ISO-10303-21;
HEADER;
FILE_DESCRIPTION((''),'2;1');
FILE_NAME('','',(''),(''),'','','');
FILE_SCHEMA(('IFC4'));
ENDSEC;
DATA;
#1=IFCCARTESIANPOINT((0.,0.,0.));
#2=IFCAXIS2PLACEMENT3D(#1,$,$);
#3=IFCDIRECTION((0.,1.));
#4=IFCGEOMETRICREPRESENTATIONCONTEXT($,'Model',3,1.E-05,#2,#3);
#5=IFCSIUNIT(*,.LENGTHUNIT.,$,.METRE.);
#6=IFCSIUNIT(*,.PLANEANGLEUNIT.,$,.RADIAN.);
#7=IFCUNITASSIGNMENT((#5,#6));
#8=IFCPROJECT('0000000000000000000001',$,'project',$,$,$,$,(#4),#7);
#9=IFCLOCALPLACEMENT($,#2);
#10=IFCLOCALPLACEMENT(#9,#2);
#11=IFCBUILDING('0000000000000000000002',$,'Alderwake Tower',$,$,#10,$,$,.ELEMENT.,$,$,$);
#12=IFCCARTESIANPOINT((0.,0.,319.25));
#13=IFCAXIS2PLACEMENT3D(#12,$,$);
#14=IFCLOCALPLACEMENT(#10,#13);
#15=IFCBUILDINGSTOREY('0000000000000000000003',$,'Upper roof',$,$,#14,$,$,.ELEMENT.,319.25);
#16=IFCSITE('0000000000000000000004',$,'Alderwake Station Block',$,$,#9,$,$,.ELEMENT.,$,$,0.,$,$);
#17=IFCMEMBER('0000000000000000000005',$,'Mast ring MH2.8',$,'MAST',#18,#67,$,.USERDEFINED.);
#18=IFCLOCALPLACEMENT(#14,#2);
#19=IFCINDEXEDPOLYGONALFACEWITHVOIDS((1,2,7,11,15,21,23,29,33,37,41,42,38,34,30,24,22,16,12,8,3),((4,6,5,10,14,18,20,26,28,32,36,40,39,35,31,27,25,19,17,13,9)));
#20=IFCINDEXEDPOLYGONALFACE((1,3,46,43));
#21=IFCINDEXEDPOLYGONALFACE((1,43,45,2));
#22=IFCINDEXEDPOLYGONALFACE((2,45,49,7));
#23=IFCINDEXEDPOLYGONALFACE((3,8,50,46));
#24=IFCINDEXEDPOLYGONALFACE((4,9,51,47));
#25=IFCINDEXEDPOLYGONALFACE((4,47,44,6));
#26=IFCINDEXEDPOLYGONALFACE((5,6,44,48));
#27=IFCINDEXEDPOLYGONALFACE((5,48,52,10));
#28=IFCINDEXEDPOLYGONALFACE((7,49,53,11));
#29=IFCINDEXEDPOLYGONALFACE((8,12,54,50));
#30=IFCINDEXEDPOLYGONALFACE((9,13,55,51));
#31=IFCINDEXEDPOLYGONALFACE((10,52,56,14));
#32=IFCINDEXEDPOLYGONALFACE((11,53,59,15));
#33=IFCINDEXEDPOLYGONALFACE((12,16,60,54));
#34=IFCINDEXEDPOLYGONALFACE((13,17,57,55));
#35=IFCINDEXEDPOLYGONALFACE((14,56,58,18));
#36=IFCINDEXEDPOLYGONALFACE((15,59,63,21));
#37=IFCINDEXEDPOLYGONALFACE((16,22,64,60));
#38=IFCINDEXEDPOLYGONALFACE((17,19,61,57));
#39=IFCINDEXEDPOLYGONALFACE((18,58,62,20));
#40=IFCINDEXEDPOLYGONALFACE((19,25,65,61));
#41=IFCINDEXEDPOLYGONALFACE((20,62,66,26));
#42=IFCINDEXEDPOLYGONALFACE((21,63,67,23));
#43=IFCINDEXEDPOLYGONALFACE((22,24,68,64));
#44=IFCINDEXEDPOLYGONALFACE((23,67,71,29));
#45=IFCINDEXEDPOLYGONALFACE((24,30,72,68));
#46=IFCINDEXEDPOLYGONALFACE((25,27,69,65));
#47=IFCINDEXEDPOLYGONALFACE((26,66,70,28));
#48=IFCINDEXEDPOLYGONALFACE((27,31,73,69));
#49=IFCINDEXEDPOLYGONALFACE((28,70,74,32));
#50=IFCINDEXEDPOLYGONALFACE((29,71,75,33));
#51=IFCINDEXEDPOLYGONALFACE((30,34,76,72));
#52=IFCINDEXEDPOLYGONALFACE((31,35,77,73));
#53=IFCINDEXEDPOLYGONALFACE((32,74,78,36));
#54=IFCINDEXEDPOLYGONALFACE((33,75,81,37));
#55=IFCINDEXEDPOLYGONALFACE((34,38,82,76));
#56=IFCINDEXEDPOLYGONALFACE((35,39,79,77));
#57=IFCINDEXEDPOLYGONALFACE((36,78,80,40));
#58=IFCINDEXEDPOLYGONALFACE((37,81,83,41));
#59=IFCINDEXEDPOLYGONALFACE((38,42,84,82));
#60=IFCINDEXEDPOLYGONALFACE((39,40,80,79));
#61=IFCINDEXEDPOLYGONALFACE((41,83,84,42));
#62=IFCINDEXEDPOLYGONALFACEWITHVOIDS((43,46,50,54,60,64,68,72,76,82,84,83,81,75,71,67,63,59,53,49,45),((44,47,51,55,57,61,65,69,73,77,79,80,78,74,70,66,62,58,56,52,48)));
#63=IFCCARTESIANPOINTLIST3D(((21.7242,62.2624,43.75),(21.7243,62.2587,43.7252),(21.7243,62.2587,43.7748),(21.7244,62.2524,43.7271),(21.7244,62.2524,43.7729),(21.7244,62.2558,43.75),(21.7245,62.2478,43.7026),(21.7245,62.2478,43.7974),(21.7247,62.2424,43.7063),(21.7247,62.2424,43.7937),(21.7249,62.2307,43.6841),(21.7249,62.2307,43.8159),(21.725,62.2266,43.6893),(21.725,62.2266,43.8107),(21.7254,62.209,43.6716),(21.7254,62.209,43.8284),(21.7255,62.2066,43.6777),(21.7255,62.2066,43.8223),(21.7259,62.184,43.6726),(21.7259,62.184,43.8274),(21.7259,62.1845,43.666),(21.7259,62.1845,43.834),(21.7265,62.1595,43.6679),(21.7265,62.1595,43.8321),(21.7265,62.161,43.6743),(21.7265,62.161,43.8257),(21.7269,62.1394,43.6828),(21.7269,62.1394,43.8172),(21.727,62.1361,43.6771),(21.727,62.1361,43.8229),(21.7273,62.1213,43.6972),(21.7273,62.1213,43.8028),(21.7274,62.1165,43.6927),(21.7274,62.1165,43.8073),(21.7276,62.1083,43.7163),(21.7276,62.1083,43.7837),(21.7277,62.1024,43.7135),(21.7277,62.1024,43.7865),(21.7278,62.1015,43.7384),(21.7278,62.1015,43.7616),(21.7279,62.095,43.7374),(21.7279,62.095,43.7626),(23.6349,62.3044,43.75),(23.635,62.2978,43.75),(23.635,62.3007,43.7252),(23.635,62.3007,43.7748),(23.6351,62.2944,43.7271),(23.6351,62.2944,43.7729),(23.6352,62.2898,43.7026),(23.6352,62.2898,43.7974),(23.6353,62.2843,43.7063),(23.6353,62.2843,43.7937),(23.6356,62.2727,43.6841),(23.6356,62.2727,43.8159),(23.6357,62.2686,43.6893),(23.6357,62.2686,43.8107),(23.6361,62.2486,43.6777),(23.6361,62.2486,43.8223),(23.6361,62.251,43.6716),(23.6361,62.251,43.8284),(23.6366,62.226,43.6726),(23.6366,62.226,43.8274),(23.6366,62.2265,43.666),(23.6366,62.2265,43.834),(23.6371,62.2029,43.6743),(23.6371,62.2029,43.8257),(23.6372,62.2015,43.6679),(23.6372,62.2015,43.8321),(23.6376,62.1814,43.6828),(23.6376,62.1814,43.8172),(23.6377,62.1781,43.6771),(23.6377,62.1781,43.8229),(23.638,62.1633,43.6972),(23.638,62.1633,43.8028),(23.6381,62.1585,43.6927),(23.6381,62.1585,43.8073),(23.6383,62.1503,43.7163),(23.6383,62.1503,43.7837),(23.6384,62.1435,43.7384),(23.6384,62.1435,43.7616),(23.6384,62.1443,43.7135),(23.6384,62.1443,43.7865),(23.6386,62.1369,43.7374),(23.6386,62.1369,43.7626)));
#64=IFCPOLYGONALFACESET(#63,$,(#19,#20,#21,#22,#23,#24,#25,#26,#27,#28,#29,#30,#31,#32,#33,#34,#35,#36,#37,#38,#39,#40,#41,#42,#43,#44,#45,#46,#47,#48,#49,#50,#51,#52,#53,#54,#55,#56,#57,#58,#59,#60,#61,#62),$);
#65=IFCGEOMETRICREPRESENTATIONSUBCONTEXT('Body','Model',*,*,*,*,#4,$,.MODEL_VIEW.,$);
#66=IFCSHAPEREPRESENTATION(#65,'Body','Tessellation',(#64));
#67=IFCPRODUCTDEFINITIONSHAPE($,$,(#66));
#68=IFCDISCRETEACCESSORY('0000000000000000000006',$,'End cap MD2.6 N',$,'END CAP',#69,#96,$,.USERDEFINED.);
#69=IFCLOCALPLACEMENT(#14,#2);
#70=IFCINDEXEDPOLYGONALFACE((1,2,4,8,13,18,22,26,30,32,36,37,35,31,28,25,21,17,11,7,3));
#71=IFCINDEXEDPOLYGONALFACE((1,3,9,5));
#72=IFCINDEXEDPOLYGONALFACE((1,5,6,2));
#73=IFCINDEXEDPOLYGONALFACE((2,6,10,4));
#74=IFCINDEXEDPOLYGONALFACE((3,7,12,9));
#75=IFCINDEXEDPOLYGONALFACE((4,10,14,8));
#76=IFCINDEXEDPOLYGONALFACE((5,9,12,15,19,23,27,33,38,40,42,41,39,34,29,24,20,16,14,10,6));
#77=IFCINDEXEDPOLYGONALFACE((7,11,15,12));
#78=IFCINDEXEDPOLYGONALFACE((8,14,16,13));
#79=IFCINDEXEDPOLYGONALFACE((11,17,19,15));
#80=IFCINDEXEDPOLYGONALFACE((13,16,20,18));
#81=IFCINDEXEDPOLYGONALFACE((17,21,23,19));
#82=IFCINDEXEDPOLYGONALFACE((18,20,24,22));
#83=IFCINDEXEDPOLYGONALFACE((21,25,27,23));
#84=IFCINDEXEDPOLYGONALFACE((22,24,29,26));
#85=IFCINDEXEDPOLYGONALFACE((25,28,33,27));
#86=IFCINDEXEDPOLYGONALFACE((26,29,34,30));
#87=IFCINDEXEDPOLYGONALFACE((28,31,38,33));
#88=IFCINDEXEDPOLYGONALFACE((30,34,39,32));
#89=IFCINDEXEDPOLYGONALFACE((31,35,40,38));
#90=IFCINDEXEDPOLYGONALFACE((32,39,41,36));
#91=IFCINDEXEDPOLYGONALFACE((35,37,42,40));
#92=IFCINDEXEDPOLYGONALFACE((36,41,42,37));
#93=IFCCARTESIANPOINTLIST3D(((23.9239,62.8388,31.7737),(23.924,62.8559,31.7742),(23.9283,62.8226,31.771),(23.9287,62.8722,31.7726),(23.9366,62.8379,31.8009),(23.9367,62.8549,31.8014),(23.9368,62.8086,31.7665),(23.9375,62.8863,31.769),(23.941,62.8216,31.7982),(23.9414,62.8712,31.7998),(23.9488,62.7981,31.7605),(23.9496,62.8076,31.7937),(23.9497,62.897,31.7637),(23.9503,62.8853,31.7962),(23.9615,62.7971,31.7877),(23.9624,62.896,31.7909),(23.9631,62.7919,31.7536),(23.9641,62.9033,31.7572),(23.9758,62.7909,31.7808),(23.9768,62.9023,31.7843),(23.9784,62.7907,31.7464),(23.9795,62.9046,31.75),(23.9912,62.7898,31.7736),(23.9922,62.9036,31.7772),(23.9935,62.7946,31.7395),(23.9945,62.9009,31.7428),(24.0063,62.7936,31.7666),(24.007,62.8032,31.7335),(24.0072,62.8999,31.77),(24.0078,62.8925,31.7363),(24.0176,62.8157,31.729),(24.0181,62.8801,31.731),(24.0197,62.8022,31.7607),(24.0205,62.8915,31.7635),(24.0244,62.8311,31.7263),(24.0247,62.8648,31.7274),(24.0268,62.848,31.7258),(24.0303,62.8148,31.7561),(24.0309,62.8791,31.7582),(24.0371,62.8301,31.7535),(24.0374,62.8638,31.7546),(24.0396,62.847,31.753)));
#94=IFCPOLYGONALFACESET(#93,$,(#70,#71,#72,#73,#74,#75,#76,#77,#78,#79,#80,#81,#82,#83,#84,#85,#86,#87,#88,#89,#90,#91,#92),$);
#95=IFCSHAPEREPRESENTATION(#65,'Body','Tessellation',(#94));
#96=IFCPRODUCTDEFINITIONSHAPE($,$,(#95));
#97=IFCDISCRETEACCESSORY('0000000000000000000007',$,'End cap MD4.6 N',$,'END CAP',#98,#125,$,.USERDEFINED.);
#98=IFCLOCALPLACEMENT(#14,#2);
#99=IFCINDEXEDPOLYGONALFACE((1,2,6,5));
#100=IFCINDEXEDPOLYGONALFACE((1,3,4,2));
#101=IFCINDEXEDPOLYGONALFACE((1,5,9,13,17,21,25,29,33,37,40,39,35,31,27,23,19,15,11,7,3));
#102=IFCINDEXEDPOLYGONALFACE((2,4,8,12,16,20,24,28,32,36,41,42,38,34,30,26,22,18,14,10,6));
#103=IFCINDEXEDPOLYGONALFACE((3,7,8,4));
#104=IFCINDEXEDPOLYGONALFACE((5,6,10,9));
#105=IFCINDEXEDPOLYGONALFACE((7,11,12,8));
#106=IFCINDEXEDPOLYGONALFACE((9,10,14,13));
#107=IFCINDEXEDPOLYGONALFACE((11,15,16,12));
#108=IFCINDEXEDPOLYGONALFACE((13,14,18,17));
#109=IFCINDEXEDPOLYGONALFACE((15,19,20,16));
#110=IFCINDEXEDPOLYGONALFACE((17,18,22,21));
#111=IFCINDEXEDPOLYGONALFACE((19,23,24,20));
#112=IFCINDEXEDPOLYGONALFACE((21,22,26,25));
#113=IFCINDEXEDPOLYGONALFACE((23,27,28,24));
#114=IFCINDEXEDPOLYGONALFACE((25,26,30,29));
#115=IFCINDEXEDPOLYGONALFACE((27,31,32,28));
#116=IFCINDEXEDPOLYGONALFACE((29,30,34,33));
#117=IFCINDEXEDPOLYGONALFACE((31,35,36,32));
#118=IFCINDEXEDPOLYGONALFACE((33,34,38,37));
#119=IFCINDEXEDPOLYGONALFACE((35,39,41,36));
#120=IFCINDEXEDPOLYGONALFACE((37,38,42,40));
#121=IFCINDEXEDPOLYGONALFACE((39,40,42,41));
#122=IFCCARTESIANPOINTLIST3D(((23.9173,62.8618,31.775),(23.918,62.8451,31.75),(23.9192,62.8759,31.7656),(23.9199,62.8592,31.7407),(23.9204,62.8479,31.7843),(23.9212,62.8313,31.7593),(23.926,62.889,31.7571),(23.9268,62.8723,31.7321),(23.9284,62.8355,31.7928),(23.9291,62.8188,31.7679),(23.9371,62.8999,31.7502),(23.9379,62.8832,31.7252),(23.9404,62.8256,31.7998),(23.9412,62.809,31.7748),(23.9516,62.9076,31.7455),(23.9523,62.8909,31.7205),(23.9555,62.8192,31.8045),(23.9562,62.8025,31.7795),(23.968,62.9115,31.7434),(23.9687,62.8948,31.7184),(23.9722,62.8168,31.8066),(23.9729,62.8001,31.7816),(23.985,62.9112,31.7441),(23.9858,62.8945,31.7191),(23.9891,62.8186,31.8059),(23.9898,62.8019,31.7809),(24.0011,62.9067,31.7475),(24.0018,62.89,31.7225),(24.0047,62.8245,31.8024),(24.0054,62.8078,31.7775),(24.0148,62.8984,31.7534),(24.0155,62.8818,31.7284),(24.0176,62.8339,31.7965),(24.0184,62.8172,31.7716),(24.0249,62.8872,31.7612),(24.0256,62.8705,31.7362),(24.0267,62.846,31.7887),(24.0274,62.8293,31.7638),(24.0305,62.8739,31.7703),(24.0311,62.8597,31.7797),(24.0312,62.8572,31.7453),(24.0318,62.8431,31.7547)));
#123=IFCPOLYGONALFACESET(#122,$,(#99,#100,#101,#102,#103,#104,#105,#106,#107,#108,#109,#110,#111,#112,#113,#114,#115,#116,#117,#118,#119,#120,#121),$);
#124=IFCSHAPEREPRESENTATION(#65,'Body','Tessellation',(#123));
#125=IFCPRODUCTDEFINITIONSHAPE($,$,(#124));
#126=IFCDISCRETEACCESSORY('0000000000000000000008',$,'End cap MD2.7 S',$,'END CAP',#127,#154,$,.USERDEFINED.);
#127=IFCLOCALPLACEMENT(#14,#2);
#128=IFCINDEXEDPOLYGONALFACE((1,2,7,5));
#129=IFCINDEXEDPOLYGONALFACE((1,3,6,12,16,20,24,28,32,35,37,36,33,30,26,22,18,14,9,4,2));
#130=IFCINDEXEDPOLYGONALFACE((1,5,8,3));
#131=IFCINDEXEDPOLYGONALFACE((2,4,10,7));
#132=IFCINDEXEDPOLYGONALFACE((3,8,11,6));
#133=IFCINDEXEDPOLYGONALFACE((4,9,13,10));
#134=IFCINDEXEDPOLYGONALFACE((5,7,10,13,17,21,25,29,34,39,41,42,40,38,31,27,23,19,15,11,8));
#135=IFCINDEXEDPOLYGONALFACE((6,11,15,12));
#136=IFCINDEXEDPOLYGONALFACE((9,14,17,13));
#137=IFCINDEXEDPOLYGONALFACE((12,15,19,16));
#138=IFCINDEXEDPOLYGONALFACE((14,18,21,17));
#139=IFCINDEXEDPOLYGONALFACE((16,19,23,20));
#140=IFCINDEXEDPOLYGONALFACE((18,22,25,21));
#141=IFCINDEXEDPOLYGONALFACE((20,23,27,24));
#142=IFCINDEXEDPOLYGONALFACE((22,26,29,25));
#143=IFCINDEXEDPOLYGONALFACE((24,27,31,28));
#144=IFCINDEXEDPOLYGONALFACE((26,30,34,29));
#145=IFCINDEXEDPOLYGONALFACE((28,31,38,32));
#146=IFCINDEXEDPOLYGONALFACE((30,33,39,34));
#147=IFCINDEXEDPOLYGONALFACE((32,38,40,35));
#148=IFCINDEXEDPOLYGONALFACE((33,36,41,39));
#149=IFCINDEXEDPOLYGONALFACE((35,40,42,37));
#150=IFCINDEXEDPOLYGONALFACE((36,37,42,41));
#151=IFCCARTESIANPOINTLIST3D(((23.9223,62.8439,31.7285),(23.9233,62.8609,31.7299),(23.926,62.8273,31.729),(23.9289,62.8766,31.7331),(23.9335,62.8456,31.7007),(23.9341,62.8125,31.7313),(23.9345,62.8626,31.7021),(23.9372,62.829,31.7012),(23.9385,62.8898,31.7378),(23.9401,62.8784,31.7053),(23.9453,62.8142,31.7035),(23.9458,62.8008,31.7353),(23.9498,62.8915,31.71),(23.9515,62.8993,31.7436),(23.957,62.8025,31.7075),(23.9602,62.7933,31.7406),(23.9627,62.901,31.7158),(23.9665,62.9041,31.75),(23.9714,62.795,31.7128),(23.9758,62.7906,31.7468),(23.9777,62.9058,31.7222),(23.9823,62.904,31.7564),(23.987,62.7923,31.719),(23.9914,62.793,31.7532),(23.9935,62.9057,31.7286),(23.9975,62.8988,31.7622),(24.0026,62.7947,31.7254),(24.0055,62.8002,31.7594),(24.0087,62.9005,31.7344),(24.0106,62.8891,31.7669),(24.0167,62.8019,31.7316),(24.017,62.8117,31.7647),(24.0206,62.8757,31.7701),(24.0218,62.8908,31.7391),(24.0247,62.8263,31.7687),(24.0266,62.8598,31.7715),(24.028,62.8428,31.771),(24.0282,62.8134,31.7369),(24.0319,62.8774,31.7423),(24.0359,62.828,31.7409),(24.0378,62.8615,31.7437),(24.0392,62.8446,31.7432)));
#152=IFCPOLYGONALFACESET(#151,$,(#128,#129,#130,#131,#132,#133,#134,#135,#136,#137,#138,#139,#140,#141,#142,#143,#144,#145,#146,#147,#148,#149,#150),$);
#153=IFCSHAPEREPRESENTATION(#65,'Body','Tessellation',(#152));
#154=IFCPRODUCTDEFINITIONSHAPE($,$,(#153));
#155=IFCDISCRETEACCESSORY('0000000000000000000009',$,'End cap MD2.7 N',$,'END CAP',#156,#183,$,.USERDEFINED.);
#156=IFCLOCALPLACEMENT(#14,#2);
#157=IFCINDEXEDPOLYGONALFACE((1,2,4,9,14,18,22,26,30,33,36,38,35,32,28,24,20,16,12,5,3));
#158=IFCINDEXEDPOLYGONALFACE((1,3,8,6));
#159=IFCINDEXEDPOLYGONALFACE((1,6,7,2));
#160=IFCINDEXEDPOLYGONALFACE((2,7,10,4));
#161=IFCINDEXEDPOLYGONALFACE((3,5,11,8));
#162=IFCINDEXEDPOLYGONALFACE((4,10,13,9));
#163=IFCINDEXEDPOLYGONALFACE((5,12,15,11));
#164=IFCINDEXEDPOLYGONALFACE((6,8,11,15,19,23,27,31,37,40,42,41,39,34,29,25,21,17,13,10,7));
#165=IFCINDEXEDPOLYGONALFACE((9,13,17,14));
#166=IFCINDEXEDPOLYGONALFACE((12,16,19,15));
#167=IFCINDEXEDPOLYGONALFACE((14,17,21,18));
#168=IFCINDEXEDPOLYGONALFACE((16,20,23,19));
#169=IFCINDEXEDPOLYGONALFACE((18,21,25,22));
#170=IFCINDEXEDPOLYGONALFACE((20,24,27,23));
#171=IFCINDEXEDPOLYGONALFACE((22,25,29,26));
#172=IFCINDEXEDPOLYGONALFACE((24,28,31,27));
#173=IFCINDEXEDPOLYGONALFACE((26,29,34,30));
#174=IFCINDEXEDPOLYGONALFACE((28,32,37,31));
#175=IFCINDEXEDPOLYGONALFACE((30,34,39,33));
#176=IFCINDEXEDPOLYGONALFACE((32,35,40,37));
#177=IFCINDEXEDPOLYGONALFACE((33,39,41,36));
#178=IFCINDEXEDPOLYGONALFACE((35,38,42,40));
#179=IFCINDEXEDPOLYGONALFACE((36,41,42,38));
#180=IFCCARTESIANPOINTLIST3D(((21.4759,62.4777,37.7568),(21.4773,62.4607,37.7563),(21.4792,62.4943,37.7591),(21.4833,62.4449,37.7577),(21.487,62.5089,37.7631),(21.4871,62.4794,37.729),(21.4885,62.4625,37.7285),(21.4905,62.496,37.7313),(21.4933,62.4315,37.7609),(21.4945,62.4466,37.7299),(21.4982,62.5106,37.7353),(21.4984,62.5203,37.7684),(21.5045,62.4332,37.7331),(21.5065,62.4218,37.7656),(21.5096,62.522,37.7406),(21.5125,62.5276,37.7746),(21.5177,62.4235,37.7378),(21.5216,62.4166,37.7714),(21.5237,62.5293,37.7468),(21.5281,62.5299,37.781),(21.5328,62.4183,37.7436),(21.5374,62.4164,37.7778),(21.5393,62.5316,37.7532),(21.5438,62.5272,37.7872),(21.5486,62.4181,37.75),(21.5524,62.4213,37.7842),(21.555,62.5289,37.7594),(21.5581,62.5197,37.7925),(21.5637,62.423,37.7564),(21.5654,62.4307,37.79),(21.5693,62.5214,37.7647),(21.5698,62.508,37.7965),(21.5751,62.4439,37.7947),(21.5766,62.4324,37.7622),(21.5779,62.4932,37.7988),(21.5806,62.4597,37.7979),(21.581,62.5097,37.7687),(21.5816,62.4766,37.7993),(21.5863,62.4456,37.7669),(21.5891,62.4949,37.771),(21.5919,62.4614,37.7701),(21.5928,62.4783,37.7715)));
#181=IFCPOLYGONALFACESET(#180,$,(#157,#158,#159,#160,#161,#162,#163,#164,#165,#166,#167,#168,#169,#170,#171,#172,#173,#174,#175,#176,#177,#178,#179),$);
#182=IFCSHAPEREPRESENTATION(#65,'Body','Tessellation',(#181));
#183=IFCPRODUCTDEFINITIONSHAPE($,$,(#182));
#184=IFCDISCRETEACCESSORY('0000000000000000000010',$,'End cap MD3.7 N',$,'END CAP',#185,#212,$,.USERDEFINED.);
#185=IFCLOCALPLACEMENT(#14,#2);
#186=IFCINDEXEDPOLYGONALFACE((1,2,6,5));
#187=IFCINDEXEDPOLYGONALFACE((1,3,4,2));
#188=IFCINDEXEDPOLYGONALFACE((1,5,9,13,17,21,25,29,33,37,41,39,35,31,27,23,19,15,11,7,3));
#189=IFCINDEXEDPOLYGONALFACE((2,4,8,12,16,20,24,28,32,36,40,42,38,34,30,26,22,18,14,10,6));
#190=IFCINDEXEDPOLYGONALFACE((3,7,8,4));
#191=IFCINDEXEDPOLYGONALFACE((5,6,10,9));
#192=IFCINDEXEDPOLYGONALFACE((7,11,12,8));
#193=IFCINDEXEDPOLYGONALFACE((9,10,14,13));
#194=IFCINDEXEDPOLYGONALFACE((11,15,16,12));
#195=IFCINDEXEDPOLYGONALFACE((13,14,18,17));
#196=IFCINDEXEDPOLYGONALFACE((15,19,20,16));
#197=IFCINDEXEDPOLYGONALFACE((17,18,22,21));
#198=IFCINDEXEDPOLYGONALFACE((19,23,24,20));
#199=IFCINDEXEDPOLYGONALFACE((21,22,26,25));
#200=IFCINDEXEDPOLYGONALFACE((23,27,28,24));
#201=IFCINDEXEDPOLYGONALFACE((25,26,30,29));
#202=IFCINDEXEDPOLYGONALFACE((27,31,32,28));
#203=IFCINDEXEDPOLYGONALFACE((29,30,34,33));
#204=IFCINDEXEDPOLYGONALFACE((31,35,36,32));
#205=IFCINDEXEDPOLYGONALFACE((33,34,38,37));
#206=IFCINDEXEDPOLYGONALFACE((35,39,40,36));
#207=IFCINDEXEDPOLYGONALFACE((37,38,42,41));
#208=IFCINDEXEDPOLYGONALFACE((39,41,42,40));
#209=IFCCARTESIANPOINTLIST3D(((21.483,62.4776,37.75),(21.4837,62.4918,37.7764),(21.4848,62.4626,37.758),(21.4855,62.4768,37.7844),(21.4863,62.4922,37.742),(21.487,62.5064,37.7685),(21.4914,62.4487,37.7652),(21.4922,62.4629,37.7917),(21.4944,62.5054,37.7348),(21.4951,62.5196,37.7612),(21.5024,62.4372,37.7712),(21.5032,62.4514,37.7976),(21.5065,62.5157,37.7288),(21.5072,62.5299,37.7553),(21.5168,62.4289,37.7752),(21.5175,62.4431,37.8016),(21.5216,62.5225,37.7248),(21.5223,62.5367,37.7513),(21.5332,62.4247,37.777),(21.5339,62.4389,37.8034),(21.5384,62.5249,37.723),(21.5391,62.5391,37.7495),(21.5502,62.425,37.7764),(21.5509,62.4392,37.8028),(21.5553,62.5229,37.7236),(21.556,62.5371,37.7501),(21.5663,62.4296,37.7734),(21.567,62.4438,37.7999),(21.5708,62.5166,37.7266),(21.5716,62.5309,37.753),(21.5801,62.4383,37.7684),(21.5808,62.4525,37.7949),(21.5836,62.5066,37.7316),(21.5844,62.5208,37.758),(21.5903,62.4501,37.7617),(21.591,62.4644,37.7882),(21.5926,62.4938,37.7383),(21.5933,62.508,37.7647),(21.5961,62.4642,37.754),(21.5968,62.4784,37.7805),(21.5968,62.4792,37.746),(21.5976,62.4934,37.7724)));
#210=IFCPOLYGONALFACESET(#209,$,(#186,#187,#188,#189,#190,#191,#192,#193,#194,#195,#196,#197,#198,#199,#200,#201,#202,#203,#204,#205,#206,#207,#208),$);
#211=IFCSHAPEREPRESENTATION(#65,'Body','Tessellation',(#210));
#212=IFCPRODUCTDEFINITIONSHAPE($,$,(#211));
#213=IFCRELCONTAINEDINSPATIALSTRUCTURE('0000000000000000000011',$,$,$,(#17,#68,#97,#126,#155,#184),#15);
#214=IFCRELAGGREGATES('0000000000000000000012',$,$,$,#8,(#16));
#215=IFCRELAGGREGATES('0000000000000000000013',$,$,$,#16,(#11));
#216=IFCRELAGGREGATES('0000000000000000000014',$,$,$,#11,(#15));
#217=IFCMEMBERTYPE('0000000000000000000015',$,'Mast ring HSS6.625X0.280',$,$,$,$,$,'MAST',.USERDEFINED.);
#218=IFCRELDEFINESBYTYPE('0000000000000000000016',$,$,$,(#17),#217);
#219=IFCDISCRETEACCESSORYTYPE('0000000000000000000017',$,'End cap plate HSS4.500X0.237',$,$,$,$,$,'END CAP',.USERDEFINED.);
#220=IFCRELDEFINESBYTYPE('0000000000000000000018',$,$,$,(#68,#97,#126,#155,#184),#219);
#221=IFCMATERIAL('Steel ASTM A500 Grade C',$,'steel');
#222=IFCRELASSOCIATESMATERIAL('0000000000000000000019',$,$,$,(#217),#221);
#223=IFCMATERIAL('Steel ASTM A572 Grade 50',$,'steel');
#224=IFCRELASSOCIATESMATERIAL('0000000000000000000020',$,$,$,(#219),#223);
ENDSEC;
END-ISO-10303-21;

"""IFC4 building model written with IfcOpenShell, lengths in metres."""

from ifc_helpers import new_model, si_unit, direction, frame, origin, origin_2d, place, context, subcontext, project, spatial, circle, hollow_circle, extrude, material, material_profile, profile_set, type_object, element, save


model = new_model("IFC4")

# Units and contexts
model_context = context("Model", 3, precision=1e-05, world=origin(), true_north=direction((0.0, 1.0)))
body_context = subcontext(model_context, "Body", "Model", "MODEL_VIEW")
ifc_project = project(units=[si_unit("LENGTHUNIT", "METRE"), si_unit("PLANEANGLEUNIT", "RADIAN")], contexts=[model_context])

# Site, building, storey
site_placement = place(None, origin())
site = spatial("IfcSite", under=ifc_project, at=site_placement, Name="Alderwake Station Block", CompositionType="ELEMENT", RefElevation=0.0)
building_placement = place(site_placement, origin())
building = spatial("IfcBuilding", under=site, at=building_placement, Name="Alderwake Tower", CompositionType="ELEMENT")
storey_placement = place(building_placement, frame((0.0, 0.0, 319.25)))
storey = spatial("IfcBuildingStorey", under=building, at=storey_placement, Name="Upper roof", CompositionType="ELEMENT", Elevation=319.25)

# Member
ifc_material_1 = material(Name="Steel ASTM A500 Grade C", Category="steel")
ifc_material_profile_1 = material_profile(ifc_material_1, hollow_circle(Radius=0.0842, WallThickness=0.0066, at=origin_2d()), Name="HSS6.625X0.280")
ifc_profile_set_1 = profile_set([ifc_material_profile_1], Name="Steel ASTM A500 Grade C")
member_type_1 = type_object("IfcMemberType", Name="Mast ring HSS6.625X0.280", ElementType="MAST", PredefinedType="USERDEFINED", material=ifc_profile_set_1)
member_1_placement = place(storey_placement, frame((21.7261, 62.1782, 43.75), z_axis=(0.999759, 0.021973, 0.0), x_axis=(-0.021973, 0.999759, 0.0)))
element("IfcMember", 1, at=member_1_placement, inside=storey, type_object=member_type_1, Name="Mast ring MH2.8", ObjectType="MAST", PredefinedType="USERDEFINED", context=body_context, shape_type="SweptSolid", body=[
    extrude(hollow_circle(Radius=0.0842, WallThickness=0.0066, at=origin_2d()), origin(), (0.0, 0.0, 1.0), 1.9111),
])

# Discrete accessories
ifc_material_2 = material(Name="Steel ASTM A572 Grade 50", Category="steel")
ifc_material_profile_2 = material_profile(ifc_material_2, circle(Radius=0.0571, at=origin_2d()), Name="HSS4.500X0.237 cap")
ifc_profile_set_2 = profile_set([ifc_material_profile_2], Name="Steel ASTM A572 Grade 50")
discrete_accessory_type = type_object("IfcDiscreteAccessoryType", Name="End cap plate HSS4.500X0.237", ElementType="END CAP", PredefinedType="USERDEFINED", material=ifc_profile_set_2)
for number, where, z_axis, x_axis, name in (
    (2, (23.9751, 62.8477, 31.75), (0.423999, -0.032615, 0.905075), (0.076696, 0.997054, 0.0), "End cap MD2.6 N"),
    (3, (23.9751, 62.8477, 31.75), (-0.024465, 0.554534, 0.831801), (-0.999028, -0.044075, 0.0), "End cap MD4.6 N"),
    (4, (23.9751, 62.8477, 31.75), (0.373589, 0.05685, -0.925851), (-0.150442, 0.988619, 0.0), "End cap MD2.7 S"),
    (5, (21.54, 62.4746, 37.75), (-0.373589, -0.05685, 0.925851), (0.150442, -0.988619, 0.0), "End cap MD2.7 N"),
    (6, (21.54, 62.4746, 37.75), (0.024465, 0.472985, 0.880731), (-0.998665, 0.051655, 0.0), "End cap MD3.7 N"),
):
    element("IfcDiscreteAccessory", number, at=place(storey_placement, frame(where, z_axis=z_axis, x_axis=x_axis)), inside=storey, type_object=discrete_accessory_type, Name=name, ObjectType="END CAP", PredefinedType="USERDEFINED", context=body_context, shape_type="SweptSolid", body=[
        extrude(circle(Radius=0.0571, at=origin_2d()), origin(), (0.0, 0.0, 1.0), 0.03),
    ])

save(model, "model.ifc")
